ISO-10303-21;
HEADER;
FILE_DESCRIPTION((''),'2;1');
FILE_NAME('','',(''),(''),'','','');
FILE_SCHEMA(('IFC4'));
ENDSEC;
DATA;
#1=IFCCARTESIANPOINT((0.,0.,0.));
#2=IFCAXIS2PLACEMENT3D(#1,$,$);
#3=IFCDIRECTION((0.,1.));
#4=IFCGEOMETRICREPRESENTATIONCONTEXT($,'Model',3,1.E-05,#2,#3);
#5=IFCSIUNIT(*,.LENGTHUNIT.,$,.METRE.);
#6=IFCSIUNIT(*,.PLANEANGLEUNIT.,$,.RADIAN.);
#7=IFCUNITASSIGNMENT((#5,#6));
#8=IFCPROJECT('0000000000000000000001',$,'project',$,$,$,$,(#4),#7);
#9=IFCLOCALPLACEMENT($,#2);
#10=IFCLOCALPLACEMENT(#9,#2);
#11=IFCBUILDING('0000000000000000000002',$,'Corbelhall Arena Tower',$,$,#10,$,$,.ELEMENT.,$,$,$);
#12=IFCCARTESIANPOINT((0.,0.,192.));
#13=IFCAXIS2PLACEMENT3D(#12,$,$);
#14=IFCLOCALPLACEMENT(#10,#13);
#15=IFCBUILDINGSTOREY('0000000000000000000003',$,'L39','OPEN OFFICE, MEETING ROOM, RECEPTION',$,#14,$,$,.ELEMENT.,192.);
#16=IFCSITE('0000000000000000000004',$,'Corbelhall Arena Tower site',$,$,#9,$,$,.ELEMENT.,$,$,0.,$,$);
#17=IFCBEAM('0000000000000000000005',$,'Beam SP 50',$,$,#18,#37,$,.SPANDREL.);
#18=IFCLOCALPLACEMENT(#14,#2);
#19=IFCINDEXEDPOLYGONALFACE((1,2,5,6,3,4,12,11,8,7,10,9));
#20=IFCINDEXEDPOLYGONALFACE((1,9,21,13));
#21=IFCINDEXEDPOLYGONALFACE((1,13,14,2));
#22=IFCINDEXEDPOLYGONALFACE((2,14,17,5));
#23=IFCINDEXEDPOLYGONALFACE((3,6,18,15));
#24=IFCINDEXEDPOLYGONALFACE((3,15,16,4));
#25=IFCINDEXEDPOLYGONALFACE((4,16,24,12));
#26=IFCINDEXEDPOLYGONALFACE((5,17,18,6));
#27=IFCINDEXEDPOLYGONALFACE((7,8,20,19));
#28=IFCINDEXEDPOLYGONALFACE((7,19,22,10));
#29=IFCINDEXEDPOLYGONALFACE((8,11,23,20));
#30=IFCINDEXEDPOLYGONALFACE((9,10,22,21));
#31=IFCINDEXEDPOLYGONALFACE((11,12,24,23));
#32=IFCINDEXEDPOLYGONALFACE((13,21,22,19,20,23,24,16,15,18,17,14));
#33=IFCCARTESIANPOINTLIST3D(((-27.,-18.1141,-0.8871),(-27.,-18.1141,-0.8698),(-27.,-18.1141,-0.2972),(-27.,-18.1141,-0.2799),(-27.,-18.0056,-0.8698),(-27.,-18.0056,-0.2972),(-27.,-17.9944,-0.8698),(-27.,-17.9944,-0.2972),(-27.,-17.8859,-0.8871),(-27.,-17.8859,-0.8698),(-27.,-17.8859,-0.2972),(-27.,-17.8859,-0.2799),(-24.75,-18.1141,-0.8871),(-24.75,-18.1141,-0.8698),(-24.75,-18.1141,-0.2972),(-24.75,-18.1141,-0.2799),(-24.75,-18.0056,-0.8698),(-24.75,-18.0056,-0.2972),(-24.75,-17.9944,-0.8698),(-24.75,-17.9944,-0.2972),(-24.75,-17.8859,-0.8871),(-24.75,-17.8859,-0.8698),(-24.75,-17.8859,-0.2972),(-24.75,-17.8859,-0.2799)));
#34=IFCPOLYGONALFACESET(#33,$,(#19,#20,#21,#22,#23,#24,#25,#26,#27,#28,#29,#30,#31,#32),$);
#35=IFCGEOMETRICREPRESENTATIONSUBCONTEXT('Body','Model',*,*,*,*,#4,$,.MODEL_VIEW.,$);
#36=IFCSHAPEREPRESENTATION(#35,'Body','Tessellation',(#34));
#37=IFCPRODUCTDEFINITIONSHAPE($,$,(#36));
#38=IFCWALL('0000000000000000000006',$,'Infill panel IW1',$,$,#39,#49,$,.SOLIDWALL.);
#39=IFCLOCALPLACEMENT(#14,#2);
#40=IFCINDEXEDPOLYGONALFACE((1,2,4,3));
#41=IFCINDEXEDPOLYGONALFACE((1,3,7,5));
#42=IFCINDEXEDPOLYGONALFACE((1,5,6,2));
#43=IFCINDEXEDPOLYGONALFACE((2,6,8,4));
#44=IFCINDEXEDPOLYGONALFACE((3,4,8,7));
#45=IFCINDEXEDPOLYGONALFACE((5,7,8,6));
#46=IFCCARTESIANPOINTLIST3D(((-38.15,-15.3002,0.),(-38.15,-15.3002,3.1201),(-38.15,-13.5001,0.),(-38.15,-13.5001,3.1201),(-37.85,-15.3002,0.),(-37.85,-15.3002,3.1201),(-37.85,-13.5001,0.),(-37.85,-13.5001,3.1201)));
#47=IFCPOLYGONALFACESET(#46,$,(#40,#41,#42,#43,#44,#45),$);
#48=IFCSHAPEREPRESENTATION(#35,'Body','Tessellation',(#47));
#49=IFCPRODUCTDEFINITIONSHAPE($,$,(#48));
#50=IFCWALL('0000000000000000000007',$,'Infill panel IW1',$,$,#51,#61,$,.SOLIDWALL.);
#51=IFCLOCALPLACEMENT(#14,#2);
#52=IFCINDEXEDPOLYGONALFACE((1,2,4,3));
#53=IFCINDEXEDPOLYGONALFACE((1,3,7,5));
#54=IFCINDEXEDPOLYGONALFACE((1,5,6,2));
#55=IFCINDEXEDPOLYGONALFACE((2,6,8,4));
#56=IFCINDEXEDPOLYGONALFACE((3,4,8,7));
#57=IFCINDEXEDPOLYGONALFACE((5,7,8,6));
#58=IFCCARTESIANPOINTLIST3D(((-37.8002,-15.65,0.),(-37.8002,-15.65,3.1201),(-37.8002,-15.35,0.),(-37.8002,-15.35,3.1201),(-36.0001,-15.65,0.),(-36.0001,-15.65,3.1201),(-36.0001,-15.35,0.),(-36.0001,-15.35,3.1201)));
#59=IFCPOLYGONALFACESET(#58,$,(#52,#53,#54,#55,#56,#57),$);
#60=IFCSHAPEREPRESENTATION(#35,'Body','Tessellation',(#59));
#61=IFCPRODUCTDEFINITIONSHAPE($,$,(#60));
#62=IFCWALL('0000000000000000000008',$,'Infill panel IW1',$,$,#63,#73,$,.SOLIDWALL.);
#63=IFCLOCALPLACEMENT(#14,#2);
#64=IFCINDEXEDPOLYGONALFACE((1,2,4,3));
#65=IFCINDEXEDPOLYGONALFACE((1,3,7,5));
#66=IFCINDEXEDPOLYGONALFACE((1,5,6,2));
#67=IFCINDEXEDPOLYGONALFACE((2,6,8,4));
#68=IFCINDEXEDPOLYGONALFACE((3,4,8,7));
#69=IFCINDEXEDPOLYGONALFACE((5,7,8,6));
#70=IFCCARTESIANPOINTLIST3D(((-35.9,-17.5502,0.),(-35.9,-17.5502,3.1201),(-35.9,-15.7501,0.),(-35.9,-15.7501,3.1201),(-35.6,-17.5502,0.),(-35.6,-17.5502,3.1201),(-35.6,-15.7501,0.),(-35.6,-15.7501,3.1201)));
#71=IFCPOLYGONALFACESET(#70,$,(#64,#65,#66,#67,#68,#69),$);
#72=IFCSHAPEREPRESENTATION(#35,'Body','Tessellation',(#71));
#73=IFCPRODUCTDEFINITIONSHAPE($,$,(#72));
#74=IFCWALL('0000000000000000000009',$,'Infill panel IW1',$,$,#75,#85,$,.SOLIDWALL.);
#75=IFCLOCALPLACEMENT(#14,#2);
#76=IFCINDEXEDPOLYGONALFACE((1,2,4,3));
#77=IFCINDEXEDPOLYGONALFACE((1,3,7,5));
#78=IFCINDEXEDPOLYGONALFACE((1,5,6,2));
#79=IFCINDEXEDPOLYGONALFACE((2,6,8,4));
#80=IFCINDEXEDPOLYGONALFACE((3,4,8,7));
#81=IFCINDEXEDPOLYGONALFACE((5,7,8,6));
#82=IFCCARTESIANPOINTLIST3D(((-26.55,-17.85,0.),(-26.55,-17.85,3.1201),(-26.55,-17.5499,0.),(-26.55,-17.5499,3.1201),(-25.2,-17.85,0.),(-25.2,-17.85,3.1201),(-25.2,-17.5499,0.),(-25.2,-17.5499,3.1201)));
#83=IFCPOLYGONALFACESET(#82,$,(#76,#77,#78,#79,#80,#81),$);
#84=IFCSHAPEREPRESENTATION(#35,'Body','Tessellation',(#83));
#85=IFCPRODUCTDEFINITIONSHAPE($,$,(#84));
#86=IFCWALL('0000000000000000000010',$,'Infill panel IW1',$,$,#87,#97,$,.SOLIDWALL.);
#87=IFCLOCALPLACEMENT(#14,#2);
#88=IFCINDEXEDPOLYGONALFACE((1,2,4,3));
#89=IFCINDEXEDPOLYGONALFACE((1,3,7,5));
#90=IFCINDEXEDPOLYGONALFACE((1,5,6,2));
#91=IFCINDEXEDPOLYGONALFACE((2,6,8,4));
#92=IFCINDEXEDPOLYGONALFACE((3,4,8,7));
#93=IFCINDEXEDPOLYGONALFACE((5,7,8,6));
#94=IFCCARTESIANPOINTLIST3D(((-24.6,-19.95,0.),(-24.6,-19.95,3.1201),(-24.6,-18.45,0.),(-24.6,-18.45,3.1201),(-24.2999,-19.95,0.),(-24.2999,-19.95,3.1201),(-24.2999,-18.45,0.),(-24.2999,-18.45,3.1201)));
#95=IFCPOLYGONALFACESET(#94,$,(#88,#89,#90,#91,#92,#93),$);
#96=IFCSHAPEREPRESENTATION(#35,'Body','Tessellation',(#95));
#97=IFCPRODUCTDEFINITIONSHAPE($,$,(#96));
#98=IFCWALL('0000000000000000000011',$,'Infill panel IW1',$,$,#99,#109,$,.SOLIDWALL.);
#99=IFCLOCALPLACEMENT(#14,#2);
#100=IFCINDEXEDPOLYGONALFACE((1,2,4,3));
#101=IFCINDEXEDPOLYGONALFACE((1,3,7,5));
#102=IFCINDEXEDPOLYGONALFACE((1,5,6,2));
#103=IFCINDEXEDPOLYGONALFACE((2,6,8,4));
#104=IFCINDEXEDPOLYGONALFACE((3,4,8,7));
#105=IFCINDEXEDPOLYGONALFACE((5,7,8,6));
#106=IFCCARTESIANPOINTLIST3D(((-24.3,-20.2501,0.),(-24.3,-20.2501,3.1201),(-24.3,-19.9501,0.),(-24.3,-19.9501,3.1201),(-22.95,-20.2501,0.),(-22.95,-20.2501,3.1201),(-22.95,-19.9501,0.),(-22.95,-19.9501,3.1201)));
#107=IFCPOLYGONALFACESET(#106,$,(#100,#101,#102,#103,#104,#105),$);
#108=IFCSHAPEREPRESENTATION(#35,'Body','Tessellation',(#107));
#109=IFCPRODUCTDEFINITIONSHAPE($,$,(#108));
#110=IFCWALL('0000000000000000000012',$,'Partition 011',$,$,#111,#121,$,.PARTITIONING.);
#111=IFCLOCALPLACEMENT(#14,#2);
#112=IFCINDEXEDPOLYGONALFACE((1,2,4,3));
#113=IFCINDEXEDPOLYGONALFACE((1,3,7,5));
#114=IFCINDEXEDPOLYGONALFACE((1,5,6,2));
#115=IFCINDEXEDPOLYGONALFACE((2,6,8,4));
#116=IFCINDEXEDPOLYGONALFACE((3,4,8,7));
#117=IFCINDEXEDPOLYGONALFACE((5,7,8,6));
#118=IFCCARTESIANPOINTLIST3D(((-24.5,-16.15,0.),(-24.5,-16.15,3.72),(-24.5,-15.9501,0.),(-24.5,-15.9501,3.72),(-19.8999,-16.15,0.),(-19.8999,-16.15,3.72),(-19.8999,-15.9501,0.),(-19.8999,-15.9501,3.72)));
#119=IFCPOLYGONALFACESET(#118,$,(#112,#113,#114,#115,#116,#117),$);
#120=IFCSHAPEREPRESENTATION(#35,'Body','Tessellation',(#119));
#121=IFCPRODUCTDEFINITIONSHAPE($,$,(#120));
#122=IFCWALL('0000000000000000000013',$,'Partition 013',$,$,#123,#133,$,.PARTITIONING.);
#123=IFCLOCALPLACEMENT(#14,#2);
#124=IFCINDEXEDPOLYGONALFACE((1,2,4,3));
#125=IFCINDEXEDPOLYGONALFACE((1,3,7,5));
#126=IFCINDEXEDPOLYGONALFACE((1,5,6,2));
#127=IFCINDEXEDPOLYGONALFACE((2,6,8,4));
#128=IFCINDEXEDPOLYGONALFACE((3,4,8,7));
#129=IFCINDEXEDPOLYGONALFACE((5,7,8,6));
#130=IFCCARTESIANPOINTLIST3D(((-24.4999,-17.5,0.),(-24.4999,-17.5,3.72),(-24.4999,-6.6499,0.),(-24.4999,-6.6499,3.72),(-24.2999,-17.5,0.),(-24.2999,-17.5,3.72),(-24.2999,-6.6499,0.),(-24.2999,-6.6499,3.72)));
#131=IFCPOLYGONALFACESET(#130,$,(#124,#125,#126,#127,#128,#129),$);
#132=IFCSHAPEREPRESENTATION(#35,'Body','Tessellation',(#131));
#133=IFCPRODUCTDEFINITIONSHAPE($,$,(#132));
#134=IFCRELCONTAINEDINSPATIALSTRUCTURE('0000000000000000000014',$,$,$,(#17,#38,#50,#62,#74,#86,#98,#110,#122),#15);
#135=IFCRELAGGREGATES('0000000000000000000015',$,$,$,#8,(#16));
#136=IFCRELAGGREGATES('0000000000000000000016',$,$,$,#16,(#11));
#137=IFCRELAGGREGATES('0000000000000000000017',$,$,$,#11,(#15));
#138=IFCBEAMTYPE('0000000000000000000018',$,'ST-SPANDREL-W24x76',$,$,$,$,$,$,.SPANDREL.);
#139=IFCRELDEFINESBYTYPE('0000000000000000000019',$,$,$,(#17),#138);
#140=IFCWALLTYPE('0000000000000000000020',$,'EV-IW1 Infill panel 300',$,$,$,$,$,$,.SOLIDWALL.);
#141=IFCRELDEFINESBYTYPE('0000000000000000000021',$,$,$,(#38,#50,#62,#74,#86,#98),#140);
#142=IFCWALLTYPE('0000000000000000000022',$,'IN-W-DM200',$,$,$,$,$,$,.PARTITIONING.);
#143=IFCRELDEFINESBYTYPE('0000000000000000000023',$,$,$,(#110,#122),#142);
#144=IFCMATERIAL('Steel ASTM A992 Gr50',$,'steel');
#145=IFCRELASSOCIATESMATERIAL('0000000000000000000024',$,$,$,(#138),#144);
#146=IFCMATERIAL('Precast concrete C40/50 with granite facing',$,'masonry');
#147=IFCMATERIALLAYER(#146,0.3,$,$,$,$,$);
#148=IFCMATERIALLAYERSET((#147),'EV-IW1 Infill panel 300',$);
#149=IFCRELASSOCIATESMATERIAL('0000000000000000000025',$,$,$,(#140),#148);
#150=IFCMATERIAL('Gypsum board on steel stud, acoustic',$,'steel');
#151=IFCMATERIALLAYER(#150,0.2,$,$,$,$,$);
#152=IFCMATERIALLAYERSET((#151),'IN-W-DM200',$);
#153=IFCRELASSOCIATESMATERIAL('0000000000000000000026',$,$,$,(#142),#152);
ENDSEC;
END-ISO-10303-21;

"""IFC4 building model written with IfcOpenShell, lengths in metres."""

from ifc_helpers import new_model, si_unit, direction, frame, frame_2d, origin, origin_2d, place, context, subcontext, project, spatial, rectangle, i_section, extrude, material, layer, layer_set, material_profile, profile_set, type_object, element, save


model = new_model("IFC4")

# Units and contexts
model_context = context("Model", 3, precision=1e-05, world=origin(), true_north=direction((0.0, 1.0)))
body_context = subcontext(model_context, "Body", "Model", "MODEL_VIEW")
ifc_project = project(units=[si_unit("LENGTHUNIT", "METRE"), si_unit("PLANEANGLEUNIT", "RADIAN")], contexts=[model_context])

# Site, building, storey
site_placement = place(None, origin())
site = spatial("IfcSite", under=ifc_project, at=site_placement, Name="Corbelhall Arena Tower site", CompositionType="ELEMENT", RefElevation=0.0)
building_placement = place(site_placement, origin())
building = spatial("IfcBuilding", under=site, at=building_placement, Name="Corbelhall Arena Tower", CompositionType="ELEMENT")
storey_placement = place(building_placement, frame((0.0, 0.0, 192.0)))
storey = spatial("IfcBuildingStorey", under=building, at=storey_placement, Name="L39", Description="OPEN OFFICE, MEETING ROOM, RECEPTION", CompositionType="ELEMENT", Elevation=192.0)

# Beam
ifc_material_1 = material(Name="Steel ASTM A992 Gr50", Category="steel")
ifc_material_profile_1 = material_profile(ifc_material_1, i_section(OverallWidth=0.2283, OverallDepth=0.6072, WebThickness=0.0112, FlangeThickness=0.0173, at=origin_2d()))
ifc_profile_set_1 = profile_set([ifc_material_profile_1], Name="Steel ASTM A992 Gr50")
beam_type = type_object("IfcBeamType", Name="ST-SPANDREL-W24x76", PredefinedType="SPANDREL", material=ifc_profile_set_1)
beam_1_placement = place(storey_placement, frame((-24.75, -18.0, -0.5835), z_axis=(-1.0, 0.0, 0.0), x_axis=(0.0, -1.0, 0.0)))
element("IfcBeam", 1, at=beam_1_placement, inside=storey, type_object=beam_type, Name="Beam SP 50", PredefinedType="SPANDREL", context=body_context, shape_type="SweptSolid", body=[
    extrude(i_section(OverallWidth=0.2283, OverallDepth=0.6072, WebThickness=0.0112, FlangeThickness=0.0173, at=origin_2d()), origin(), (0.0, 0.0, 1.0), 2.25),
])

# Walls
ifc_material_2 = material(Name="Precast concrete C40/50 with granite facing", Category="masonry")
ifc_layer_1 = layer(ifc_material_2, 0.3)
ifc_layer_set_1 = layer_set([ifc_layer_1], Name="EV-IW1 Infill panel 300")
wall_type_1 = type_object("IfcWallType", Name="EV-IW1 Infill panel 300", PredefinedType="SOLIDWALL", material=ifc_layer_set_1)
for number, where, z_axis, x_axis, name in (
    (2, (-38.0, -15.3, 0.0), (0.0, 0.0, 1.0), (0.0, 1.0, 0.0), "Infill panel IW1"),
    (3, (-37.8, -15.5, 0.0), (0.0, 0.0, 1.0), (1.0, 0.0, 0.0), "Infill panel IW1"),
    (4, (-35.75, -17.55, 0.0), (0.0, 0.0, 1.0), (0.0, 1.0, 0.0), "Infill panel IW1"),
):
    element("IfcWall", number, at=place(storey_placement, frame(where, z_axis=z_axis, x_axis=x_axis)), inside=storey, type_object=wall_type_1, Name=name, PredefinedType="SOLIDWALL", context=body_context, shape_type="SweptSolid", body=[
        extrude(rectangle(XDim=1.8, YDim=0.3, at=frame_2d((0.8999, 0.0))), origin(), (0.0, 0.0, 1.0), 3.1201),
    ])

# Walls
wall_1_placement = place(storey_placement, frame((-26.55, -17.7, 0.0), z_axis=(0.0, 0.0, 1.0), x_axis=(1.0, 0.0, 0.0)))
element("IfcWall", 5, at=wall_1_placement, inside=storey, type_object=wall_type_1, Name="Infill panel IW1", PredefinedType="SOLIDWALL", context=body_context, shape_type="SweptSolid", body=[
    extrude(rectangle(XDim=1.3501, YDim=0.3, at=frame_2d((0.675, 0.0))), origin(), (0.0, 0.0, 1.0), 3.1201),
])
wall_2_placement = place(storey_placement, frame((-24.45, -18.45, 0.0), z_axis=(0.0, 0.0, 1.0), x_axis=(0.0, -1.0, 0.0)))
element("IfcWall", 6, at=wall_2_placement, inside=storey, type_object=wall_type_1, Name="Infill panel IW1", PredefinedType="SOLIDWALL", context=body_context, shape_type="SweptSolid", body=[
    extrude(rectangle(XDim=1.5, YDim=0.3, at=frame_2d((0.75, 0.0))), origin(), (0.0, 0.0, 1.0), 3.1201),
])
wall_3_placement = place(storey_placement, frame((-24.3, -20.1001, 0.0), z_axis=(0.0, 0.0, 1.0), x_axis=(1.0, 0.0, 0.0)))
element("IfcWall", 7, at=wall_3_placement, inside=storey, type_object=wall_type_1, Name="Infill panel IW1", PredefinedType="SOLIDWALL", context=body_context, shape_type="SweptSolid", body=[
    extrude(rectangle(XDim=1.3501, YDim=0.3, at=frame_2d((0.675, 0.0))), origin(), (0.0, 0.0, 1.0), 3.1201),
])
ifc_material_3 = material(Name="Gypsum board on steel stud, acoustic", Category="steel")
ifc_layer_2 = layer(ifc_material_3, 0.2)
ifc_layer_set_2 = layer_set([ifc_layer_2], Name="IN-W-DM200")
wall_type_2 = type_object("IfcWallType", Name="IN-W-DM200", PredefinedType="PARTITIONING", material=ifc_layer_set_2)
wall_4_placement = place(storey_placement, frame((-24.5, -16.05, 0.0), z_axis=(0.0, 0.0, 1.0), x_axis=(1.0, 0.0, 0.0)))
element("IfcWall", 8, at=wall_4_placement, inside=storey, type_object=wall_type_2, Name="Partition 011", PredefinedType="PARTITIONING", context=body_context, shape_type="SweptSolid", body=[
    extrude(rectangle(XDim=4.6001, YDim=0.2, at=frame_2d((2.3, 0.0))), origin(), (0.0, 0.0, 1.0), 3.72),
])
wall_5_placement = place(storey_placement, frame((-24.3999, -17.5, 0.0), z_axis=(0.0, 0.0, 1.0), x_axis=(0.0, 1.0, 0.0)))
element("IfcWall", 9, at=wall_5_placement, inside=storey, type_object=wall_type_2, Name="Partition 013", PredefinedType="PARTITIONING", context=body_context, shape_type="SweptSolid", body=[
    extrude(rectangle(XDim=10.8501, YDim=0.2, at=frame_2d((5.425, 0.0))), origin(), (0.0, 0.0, 1.0), 3.72),
])

save(model, "model.ifc")
